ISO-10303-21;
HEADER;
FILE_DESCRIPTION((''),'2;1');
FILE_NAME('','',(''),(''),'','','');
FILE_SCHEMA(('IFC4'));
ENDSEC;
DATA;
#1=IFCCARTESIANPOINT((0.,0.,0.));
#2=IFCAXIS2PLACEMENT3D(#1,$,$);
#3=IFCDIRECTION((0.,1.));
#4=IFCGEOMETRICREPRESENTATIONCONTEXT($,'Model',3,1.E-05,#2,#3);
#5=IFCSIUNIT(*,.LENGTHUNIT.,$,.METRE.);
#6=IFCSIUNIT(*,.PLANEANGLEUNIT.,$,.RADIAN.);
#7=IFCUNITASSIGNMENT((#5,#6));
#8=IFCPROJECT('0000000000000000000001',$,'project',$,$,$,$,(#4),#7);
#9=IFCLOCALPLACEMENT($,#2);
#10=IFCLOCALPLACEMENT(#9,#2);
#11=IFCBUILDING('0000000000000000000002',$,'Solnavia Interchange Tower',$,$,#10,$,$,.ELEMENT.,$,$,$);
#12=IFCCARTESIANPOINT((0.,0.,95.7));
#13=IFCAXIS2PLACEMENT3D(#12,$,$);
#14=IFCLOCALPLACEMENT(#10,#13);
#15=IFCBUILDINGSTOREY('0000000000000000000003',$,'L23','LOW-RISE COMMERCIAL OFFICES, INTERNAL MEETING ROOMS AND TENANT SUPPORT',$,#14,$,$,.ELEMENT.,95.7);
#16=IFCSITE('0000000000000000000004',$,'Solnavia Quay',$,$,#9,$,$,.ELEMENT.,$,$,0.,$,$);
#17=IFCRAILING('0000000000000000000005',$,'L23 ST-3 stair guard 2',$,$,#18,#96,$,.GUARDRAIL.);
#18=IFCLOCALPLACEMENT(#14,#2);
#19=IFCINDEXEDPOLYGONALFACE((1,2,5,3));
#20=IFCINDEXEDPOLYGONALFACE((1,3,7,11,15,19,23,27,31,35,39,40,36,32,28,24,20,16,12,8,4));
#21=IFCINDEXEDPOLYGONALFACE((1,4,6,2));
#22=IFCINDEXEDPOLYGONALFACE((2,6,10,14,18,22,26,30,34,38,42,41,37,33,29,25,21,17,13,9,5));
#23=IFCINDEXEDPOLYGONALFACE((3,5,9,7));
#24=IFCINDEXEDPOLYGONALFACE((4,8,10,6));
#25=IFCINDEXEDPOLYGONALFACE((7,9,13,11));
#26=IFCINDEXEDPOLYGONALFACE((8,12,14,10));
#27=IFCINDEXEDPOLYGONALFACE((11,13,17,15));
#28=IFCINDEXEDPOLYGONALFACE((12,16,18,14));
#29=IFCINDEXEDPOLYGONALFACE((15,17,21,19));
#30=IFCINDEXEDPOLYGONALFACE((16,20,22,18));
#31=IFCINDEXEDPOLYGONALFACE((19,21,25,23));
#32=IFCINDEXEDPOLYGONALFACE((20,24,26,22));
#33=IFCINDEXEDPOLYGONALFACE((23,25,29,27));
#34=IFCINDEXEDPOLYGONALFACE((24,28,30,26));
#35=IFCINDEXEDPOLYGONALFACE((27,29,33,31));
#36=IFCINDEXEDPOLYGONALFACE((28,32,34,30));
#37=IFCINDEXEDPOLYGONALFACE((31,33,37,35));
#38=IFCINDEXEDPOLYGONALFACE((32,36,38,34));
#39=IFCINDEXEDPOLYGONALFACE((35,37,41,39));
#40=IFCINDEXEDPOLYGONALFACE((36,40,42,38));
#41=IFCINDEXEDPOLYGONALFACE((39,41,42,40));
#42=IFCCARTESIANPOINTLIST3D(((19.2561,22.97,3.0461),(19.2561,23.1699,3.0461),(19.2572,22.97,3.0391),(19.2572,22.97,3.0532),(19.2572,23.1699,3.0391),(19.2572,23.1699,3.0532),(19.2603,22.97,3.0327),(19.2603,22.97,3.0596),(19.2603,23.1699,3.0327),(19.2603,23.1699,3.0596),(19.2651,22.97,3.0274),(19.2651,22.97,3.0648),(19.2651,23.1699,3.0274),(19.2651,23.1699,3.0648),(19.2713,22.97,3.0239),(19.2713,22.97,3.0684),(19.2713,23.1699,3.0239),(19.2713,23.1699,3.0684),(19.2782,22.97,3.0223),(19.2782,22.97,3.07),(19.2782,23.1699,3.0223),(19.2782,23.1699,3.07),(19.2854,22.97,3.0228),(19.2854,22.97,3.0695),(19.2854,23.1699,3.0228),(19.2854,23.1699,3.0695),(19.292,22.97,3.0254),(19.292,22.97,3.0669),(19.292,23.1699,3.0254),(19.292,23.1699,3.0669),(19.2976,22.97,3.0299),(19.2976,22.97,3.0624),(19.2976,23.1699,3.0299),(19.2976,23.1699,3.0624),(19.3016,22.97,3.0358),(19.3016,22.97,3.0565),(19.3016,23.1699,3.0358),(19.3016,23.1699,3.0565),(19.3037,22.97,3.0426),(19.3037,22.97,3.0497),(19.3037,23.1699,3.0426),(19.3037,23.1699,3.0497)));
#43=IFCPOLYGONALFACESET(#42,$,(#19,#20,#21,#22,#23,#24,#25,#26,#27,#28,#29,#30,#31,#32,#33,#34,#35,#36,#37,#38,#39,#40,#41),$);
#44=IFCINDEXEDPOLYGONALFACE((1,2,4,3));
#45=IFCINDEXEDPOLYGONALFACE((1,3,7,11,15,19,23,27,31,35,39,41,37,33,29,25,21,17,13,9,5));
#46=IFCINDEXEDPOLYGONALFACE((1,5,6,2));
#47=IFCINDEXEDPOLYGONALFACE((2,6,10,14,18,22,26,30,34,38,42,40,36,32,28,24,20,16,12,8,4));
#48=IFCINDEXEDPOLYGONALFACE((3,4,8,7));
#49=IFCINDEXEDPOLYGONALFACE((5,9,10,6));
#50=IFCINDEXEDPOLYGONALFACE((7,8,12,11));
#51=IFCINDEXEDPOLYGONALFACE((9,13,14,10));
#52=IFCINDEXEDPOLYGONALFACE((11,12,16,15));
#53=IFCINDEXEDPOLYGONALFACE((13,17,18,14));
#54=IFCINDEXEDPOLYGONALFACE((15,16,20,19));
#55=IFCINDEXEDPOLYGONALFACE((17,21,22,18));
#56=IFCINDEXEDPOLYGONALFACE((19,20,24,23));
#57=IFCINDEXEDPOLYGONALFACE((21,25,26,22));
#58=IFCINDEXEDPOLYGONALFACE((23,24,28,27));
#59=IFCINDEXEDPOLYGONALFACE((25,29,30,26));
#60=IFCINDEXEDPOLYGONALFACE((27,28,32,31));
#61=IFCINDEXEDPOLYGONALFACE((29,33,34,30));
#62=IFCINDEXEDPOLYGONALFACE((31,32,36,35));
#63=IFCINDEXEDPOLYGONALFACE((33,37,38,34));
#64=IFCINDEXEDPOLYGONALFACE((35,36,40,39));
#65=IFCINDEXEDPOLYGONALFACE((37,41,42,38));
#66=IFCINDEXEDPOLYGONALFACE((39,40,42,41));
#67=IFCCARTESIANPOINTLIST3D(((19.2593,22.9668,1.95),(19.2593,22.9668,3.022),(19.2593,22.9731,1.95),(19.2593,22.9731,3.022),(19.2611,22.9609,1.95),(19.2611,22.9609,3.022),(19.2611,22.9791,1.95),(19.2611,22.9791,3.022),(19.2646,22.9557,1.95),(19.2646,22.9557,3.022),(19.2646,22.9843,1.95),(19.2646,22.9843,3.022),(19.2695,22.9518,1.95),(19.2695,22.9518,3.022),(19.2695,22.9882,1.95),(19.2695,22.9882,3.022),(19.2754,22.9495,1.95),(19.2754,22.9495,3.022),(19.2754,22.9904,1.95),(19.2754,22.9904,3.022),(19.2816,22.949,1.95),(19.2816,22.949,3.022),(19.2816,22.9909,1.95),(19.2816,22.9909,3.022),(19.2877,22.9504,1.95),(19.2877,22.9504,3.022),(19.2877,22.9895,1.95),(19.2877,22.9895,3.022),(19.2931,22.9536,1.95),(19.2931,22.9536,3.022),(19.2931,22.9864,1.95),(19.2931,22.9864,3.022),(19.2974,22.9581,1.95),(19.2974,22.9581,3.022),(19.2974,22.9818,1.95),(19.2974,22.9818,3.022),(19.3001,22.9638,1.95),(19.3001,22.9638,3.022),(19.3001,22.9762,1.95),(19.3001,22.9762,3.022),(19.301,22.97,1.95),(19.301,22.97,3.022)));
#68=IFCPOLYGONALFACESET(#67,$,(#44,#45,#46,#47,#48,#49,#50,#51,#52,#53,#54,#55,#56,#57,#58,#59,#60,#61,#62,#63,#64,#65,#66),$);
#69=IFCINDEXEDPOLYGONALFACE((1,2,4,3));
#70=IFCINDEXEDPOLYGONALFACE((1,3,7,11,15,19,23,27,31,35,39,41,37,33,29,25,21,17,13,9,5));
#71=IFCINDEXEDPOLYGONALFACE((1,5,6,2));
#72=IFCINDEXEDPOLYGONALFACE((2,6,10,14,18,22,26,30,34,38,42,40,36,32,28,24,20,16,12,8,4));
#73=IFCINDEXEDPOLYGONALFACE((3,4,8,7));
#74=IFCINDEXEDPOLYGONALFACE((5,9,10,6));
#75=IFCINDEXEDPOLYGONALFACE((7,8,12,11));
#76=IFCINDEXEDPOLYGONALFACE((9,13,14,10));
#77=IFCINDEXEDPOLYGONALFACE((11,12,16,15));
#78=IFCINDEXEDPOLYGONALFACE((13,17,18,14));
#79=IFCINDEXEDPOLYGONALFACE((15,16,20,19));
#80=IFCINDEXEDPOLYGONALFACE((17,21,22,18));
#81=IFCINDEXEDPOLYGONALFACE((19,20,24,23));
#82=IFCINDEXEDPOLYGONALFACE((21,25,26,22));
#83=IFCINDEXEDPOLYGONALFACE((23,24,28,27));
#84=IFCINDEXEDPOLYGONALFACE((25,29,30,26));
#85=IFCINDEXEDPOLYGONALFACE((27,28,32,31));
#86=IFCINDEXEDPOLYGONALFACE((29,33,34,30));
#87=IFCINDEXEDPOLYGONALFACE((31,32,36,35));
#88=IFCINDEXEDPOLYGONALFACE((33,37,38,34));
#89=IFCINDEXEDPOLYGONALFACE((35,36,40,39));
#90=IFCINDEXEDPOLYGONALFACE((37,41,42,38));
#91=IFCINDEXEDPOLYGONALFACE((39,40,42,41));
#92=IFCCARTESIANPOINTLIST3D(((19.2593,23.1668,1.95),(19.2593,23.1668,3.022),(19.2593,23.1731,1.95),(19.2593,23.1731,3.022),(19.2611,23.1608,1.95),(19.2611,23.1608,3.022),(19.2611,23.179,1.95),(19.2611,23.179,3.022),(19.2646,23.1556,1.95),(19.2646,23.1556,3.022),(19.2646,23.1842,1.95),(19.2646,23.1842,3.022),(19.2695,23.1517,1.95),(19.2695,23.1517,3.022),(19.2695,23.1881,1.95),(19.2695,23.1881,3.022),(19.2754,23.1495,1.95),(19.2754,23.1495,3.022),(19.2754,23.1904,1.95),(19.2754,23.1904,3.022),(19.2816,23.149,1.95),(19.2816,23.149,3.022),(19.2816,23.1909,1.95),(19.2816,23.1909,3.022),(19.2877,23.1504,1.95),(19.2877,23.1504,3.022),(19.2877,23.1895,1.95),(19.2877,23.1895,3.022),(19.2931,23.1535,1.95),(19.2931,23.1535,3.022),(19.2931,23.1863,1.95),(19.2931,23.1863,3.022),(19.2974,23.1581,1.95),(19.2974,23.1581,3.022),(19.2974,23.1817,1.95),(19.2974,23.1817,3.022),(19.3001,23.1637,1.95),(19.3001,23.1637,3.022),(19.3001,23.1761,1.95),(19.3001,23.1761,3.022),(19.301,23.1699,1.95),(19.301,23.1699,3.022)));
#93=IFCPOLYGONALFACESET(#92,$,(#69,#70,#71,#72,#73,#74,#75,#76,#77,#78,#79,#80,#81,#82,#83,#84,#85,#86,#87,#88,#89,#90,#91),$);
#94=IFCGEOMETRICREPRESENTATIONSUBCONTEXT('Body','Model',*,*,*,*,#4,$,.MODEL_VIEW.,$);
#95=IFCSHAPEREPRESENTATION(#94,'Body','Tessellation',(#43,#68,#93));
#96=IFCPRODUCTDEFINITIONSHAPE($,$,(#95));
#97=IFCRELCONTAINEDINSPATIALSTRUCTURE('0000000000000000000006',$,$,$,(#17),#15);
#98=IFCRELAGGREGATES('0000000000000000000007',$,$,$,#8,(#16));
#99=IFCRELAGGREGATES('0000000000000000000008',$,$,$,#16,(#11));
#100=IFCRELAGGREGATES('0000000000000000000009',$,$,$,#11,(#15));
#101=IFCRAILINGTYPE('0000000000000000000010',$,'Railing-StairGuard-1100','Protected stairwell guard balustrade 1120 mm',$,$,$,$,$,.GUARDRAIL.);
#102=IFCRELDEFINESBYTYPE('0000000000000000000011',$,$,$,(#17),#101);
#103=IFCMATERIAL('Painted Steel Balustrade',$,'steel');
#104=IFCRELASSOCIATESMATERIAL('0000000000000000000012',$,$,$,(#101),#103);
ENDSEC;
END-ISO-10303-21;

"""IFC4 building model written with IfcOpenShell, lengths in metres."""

from ifc_helpers import new_model, si_unit, direction, frame, origin, origin_2d, place, context, subcontext, project, spatial, circle, extrude, material, type_object, element, save


model = new_model("IFC4")

# Units and contexts
model_context = context("Model", 3, precision=1e-05, world=origin(), true_north=direction((0.0, 1.0)))
body_context = subcontext(model_context, "Body", "Model", "MODEL_VIEW")
ifc_project = project(units=[si_unit("LENGTHUNIT", "METRE"), si_unit("PLANEANGLEUNIT", "RADIAN")], contexts=[model_context])

# Site, building, storey
site_placement = place(None, origin())
site = spatial("IfcSite", under=ifc_project, at=site_placement, Name="Solnavia Quay", CompositionType="ELEMENT", RefElevation=0.0)
building_placement = place(site_placement, origin())
building = spatial("IfcBuilding", under=site, at=building_placement, Name="Solnavia Interchange Tower", CompositionType="ELEMENT")
storey_placement = place(building_placement, frame((0.0, 0.0, 95.7)))
storey = spatial("IfcBuildingStorey", under=building, at=storey_placement, Name="L23", Description="LOW-RISE COMMERCIAL OFFICES, INTERNAL MEETING ROOMS AND TENANT SUPPORT", CompositionType="ELEMENT", Elevation=95.7)

# Railing
ifc_material_1 = material(Name="Painted Steel Balustrade", Category="steel")
railing_type_1 = type_object("IfcRailingType", Name="Railing-StairGuard-1100", Description="Protected stairwell guard balustrade 1120 mm", PredefinedType="GUARDRAIL", material=ifc_material_1)
railing_1_placement = place(storey_placement, frame((19.28, 22.97, 1.95)))
element("IfcRailing", 1, at=railing_1_placement, inside=storey, type_object=railing_type_1, Name="L23 ST-3 stair guard 2", PredefinedType="GUARDRAIL", context=body_context, shape_type="SweptSolid", body=[
    extrude(circle(Radius=0.0239, at=origin_2d()), frame((0.0, 0.0, 1.0962), z_axis=(0.0, 1.0, 0.0), x_axis=(-1.0, 0.0, 0.0)), (0.0, 0.0, 1.0), 0.2),
    extrude(circle(Radius=0.021, at=origin_2d()), origin(), (0.0, 0.0, 1.0), 1.072),
    extrude(circle(Radius=0.021, at=origin_2d()), frame((0.0, 0.2, 0.0)), (0.0, 0.0, 1.0), 1.072),
])

save(model, "model.ifc")
